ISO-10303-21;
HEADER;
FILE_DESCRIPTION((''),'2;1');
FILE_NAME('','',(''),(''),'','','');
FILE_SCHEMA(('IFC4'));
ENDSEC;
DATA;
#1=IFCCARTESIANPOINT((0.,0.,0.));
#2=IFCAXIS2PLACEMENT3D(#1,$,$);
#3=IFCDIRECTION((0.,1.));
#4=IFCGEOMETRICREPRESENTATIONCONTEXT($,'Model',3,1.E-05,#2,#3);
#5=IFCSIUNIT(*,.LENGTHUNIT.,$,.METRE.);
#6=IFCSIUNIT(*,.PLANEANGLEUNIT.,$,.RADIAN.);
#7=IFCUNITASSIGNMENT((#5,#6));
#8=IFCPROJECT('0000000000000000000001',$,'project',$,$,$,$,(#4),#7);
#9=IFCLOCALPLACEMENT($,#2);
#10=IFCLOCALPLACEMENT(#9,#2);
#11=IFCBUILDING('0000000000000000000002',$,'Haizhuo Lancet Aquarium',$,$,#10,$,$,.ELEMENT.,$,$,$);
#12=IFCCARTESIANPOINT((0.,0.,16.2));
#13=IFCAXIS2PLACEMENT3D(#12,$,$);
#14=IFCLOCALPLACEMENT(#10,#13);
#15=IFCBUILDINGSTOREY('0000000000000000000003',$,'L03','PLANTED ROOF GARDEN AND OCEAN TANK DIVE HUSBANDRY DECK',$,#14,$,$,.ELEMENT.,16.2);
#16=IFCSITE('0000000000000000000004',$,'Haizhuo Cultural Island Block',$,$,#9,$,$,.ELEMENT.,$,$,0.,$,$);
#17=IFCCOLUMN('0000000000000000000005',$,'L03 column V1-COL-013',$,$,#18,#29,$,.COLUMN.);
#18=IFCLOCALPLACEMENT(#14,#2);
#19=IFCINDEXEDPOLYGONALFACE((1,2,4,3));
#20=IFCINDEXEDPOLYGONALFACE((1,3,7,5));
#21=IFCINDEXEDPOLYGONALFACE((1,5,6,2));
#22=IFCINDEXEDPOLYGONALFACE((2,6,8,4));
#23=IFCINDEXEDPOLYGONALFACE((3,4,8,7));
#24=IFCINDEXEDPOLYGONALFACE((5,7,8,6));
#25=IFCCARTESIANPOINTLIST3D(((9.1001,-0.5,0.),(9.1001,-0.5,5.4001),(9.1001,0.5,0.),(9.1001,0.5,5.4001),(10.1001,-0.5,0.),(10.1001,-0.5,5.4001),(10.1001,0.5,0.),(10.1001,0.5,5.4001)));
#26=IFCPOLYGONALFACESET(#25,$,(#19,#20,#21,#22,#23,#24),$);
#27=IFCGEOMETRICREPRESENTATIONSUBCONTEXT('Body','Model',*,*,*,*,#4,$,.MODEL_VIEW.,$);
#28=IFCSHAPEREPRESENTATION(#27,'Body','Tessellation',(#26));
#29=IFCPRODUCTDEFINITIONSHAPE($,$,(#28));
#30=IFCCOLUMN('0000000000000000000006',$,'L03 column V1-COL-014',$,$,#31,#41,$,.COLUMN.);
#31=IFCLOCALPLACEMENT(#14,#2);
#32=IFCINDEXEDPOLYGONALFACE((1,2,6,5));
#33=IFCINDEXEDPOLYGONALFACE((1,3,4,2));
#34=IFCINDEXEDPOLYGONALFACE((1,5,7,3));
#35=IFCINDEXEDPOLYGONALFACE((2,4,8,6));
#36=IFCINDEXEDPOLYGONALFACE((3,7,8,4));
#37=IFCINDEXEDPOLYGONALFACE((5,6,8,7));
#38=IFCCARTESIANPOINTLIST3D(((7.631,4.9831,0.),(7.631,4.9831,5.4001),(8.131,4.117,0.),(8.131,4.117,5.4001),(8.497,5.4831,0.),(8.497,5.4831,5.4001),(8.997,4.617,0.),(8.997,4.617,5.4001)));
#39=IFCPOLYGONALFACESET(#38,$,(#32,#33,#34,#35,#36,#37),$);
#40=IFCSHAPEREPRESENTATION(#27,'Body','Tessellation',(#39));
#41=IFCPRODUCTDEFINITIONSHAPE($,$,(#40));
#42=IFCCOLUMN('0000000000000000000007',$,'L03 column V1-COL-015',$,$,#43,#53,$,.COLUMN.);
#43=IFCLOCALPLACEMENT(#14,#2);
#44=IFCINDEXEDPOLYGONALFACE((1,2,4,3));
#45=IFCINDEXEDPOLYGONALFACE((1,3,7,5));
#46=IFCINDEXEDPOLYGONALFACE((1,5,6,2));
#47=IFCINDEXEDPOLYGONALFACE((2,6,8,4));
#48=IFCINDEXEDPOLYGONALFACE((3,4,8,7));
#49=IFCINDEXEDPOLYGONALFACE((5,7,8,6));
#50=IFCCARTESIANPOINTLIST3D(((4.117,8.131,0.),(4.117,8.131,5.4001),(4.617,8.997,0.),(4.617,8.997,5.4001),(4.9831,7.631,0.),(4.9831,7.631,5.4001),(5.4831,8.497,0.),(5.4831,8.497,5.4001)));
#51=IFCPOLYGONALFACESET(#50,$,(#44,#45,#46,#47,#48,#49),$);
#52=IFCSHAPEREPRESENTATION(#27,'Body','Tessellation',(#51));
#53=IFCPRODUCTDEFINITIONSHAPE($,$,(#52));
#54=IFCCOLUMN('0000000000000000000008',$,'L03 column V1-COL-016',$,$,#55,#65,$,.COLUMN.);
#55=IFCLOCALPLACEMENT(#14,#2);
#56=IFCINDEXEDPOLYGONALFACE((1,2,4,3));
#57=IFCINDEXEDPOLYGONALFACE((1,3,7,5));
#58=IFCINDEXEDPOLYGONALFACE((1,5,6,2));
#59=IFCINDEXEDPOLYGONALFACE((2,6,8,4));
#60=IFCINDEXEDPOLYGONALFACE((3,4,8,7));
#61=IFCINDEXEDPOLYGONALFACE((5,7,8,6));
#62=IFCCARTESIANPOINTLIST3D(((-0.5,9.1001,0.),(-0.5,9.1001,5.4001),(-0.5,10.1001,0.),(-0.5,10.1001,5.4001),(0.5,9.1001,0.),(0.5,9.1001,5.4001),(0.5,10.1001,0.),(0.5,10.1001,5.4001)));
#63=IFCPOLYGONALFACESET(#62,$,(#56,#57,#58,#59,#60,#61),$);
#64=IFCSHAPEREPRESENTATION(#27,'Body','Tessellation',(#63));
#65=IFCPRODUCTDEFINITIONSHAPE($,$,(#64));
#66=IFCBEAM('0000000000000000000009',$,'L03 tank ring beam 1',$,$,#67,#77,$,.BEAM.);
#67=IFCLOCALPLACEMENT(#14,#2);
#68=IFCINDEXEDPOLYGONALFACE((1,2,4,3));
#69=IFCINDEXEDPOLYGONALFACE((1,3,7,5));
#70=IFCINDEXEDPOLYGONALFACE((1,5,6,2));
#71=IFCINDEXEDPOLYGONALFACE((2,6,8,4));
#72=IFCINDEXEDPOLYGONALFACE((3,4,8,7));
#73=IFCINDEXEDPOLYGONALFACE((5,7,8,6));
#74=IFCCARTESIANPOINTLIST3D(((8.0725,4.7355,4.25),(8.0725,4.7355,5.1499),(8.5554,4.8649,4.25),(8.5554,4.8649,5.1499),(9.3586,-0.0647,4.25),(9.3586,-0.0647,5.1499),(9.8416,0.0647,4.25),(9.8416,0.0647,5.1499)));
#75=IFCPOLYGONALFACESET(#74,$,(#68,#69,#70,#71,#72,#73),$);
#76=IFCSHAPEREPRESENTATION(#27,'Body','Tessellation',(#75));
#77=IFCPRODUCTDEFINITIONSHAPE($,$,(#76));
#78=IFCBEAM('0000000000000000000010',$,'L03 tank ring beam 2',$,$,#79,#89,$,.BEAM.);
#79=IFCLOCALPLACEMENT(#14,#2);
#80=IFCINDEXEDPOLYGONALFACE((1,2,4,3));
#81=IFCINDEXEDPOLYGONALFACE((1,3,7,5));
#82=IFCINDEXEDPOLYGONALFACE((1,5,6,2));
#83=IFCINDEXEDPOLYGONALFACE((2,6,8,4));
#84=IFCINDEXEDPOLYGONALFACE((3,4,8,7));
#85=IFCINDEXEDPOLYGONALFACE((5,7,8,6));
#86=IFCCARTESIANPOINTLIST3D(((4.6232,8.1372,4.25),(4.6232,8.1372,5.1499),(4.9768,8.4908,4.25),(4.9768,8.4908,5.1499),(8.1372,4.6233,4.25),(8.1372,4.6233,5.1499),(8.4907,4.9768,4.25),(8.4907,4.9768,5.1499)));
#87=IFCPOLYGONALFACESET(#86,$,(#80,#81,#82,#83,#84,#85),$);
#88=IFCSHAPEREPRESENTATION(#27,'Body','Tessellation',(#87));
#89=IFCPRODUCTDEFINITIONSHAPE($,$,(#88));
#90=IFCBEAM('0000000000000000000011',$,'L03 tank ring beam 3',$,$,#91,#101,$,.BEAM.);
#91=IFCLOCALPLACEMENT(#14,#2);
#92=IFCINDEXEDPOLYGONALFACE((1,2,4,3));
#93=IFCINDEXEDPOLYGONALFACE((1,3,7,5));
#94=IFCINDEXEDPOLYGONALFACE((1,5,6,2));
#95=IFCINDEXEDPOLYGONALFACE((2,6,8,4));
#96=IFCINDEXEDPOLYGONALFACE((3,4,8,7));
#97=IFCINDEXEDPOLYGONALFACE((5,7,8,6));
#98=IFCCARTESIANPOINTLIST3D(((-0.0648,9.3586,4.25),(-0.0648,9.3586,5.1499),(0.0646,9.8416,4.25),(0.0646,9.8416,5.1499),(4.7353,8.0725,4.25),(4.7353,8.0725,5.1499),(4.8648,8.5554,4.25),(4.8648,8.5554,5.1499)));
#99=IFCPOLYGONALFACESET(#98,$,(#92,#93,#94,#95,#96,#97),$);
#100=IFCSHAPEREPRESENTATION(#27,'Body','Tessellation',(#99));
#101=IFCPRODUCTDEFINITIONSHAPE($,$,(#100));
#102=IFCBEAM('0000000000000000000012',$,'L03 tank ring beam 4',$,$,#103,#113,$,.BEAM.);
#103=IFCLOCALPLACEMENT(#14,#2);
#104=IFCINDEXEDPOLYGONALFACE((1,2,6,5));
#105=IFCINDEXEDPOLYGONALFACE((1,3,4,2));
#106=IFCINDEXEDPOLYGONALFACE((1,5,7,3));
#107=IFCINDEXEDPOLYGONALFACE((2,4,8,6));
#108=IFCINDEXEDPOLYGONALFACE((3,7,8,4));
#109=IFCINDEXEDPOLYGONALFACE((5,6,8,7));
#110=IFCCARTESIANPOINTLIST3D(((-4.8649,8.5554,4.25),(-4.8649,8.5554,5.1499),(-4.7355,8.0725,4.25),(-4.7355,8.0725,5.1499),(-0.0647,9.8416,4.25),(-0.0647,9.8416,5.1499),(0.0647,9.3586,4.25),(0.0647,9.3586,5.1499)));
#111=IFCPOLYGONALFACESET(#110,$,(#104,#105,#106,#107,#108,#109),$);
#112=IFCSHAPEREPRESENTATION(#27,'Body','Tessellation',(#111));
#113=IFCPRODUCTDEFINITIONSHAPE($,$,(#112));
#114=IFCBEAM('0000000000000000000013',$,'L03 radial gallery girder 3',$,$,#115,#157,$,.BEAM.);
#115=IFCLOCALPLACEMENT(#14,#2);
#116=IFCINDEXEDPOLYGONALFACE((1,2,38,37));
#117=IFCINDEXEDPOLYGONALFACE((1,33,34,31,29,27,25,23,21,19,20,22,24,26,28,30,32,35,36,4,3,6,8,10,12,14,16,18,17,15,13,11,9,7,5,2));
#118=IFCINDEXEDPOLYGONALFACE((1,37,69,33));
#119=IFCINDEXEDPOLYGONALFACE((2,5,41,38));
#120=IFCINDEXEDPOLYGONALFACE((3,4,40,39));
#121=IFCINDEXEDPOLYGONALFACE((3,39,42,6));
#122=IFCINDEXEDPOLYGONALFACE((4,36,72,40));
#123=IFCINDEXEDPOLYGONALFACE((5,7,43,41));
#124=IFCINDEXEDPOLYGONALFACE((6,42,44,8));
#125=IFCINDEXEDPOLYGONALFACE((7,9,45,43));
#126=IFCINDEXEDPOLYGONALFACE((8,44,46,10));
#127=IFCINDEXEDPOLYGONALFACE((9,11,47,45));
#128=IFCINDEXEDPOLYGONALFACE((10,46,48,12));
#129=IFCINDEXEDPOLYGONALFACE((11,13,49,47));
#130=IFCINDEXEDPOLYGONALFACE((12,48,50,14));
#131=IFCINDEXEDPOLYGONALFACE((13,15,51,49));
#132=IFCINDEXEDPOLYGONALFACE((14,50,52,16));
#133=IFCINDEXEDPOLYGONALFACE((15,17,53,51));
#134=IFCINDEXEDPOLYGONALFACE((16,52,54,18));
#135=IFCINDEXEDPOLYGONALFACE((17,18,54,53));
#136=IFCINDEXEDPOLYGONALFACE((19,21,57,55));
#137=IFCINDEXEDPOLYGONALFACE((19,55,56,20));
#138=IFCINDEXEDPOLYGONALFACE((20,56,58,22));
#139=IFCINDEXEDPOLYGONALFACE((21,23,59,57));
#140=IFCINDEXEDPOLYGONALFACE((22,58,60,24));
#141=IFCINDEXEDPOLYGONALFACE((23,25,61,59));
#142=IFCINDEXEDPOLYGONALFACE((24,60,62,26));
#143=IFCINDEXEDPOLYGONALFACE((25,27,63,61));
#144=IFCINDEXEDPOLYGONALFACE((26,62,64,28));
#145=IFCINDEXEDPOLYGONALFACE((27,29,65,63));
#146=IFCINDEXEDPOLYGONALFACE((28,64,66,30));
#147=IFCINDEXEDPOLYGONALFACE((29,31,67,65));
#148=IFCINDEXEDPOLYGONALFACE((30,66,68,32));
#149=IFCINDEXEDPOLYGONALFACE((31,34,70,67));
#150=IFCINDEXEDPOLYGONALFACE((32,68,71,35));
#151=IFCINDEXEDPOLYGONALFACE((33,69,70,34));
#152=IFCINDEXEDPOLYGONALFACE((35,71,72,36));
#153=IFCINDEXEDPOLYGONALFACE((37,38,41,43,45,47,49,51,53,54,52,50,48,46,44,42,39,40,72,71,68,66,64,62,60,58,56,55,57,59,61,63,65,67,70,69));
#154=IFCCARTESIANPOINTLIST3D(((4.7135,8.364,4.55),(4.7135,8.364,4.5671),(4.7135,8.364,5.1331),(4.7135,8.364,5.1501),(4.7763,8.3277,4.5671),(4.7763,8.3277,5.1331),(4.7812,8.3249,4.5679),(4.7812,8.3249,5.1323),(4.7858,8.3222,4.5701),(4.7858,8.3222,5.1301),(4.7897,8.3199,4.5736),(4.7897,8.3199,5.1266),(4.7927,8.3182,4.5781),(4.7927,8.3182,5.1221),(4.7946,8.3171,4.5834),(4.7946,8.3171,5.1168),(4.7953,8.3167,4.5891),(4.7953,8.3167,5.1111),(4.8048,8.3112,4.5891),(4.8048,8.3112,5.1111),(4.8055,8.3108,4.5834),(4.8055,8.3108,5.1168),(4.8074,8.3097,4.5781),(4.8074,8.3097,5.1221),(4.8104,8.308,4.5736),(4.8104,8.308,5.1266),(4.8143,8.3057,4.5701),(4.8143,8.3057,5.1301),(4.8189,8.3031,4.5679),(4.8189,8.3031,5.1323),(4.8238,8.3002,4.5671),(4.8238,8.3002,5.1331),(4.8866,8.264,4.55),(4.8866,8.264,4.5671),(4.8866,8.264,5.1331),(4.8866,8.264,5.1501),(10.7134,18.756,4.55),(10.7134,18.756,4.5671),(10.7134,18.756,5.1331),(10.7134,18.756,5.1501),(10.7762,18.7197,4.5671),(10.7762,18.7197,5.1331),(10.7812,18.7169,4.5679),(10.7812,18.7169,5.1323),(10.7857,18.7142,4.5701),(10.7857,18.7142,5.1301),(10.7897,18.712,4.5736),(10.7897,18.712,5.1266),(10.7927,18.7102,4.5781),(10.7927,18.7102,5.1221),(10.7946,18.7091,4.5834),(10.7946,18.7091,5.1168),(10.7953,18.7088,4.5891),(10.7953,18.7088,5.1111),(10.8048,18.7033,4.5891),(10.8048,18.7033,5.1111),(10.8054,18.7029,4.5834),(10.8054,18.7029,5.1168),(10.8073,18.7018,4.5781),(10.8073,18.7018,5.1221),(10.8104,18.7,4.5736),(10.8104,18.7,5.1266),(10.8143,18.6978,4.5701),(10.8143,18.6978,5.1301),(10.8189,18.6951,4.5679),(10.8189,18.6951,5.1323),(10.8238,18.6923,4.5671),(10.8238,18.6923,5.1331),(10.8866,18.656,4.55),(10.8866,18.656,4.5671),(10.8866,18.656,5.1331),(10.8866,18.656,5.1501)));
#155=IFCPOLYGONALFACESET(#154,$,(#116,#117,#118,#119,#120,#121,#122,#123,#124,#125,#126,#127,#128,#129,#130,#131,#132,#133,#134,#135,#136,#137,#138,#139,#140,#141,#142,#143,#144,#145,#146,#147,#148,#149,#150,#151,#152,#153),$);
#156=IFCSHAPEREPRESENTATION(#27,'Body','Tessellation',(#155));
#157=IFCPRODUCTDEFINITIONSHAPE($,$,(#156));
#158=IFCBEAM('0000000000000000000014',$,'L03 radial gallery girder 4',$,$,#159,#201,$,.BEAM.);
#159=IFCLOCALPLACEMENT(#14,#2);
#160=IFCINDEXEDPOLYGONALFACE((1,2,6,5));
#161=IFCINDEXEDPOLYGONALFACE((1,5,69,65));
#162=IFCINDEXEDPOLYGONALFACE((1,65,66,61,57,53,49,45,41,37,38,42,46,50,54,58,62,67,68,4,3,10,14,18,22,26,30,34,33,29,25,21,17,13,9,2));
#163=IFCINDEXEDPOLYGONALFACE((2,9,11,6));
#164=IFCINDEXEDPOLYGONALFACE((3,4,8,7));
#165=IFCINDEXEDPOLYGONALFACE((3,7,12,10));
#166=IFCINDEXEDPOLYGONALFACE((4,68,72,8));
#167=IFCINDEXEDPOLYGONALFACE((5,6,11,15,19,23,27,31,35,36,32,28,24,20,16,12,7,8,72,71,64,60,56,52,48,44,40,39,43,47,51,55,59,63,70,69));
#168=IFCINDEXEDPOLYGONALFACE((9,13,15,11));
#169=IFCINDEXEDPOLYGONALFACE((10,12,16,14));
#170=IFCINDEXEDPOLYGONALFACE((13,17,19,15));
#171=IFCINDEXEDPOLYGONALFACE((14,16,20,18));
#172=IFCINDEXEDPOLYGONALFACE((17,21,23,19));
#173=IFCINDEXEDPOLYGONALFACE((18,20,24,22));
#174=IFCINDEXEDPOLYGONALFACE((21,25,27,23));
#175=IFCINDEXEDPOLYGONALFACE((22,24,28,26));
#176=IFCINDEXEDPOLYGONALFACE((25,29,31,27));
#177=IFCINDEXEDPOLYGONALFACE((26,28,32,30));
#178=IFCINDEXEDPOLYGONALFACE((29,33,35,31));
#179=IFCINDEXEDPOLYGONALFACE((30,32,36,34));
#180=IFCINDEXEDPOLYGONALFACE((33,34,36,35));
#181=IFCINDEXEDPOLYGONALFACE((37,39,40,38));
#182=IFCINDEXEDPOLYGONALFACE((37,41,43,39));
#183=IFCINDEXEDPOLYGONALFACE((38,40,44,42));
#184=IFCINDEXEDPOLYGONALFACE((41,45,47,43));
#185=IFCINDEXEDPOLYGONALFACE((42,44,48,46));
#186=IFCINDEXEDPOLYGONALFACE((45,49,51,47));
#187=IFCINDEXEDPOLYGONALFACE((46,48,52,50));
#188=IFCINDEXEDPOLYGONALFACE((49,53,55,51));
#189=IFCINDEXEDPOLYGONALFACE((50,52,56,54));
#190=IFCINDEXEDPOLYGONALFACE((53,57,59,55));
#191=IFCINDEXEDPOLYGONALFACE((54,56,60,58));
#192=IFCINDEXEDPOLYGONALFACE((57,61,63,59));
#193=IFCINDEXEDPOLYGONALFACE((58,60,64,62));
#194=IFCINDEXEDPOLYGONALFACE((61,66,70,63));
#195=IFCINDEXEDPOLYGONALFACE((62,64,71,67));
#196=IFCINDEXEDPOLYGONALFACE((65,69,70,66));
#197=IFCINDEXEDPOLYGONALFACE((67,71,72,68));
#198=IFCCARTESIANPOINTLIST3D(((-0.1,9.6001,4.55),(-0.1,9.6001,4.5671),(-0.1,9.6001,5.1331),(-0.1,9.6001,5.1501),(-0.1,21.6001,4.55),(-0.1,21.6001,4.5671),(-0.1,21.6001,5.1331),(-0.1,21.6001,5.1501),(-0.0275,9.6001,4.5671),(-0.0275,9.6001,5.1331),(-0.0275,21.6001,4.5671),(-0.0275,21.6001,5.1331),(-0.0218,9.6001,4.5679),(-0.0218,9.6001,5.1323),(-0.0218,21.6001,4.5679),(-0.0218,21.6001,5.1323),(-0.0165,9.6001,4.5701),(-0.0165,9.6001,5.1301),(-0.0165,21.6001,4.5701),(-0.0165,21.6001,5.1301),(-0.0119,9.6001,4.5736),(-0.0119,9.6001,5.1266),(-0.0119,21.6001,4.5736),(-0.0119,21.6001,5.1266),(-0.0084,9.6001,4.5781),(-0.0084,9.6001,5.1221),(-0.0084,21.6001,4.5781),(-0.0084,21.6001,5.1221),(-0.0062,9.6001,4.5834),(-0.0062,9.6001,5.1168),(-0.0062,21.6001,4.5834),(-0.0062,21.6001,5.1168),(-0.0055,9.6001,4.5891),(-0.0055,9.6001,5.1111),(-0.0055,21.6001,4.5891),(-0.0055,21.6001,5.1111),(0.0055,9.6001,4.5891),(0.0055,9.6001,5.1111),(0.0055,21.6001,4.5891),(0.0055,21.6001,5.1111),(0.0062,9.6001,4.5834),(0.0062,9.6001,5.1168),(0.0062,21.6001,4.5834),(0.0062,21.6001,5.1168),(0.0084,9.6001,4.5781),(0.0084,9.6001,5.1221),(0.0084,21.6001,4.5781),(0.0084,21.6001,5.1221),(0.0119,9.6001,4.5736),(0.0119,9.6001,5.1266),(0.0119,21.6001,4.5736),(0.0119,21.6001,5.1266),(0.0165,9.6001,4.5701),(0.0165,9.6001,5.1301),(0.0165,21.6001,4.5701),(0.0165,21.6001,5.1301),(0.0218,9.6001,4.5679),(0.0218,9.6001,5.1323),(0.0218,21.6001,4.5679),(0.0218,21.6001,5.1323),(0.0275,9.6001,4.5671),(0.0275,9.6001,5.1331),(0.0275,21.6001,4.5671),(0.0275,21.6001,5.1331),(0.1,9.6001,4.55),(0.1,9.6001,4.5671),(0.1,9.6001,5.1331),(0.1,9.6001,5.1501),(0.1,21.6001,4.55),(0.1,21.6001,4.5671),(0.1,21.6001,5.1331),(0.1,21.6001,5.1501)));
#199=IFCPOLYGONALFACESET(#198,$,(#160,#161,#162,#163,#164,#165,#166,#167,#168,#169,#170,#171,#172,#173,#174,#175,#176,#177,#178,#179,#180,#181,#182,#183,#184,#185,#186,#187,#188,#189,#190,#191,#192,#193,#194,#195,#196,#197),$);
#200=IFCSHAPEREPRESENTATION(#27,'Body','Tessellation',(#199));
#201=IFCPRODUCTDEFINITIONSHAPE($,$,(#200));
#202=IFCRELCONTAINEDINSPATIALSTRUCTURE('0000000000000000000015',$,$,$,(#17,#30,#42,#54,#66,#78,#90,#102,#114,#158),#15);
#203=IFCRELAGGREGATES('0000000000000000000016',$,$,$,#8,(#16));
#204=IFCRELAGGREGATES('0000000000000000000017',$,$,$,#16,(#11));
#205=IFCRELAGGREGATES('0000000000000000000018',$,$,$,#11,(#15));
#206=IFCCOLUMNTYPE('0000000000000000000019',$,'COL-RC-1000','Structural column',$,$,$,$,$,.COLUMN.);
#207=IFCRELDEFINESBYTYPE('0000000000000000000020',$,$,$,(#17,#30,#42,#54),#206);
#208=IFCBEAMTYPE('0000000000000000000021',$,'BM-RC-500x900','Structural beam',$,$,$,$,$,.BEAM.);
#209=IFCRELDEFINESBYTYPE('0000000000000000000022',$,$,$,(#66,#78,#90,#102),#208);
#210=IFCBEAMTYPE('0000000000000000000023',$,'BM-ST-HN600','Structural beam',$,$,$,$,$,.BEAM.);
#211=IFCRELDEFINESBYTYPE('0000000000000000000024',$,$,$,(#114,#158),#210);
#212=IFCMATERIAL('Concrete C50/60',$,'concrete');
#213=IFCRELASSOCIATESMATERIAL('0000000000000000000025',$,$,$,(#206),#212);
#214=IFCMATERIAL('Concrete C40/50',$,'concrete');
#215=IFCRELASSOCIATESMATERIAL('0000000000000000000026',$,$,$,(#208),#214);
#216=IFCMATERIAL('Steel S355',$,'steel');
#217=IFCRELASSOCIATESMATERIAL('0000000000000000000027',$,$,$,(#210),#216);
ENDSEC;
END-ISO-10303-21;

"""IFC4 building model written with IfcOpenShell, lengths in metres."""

from ifc_helpers import new_model, si_unit, direction, frame, origin, origin_2d, place, context, subcontext, project, spatial, rectangle, i_section, extrude, material, material_profile, profile_set, type_object, element, save


model = new_model("IFC4")

# Units and contexts
model_context = context("Model", 3, precision=1e-05, world=origin(), true_north=direction((0.0, 1.0)))
body_context = subcontext(model_context, "Body", "Model", "MODEL_VIEW")
ifc_project = project(units=[si_unit("LENGTHUNIT", "METRE"), si_unit("PLANEANGLEUNIT", "RADIAN")], contexts=[model_context])

# Site, building, storey
site_placement = place(None, origin())
site = spatial("IfcSite", under=ifc_project, at=site_placement, Name="Haizhuo Cultural Island Block", CompositionType="ELEMENT", RefElevation=0.0)
building_placement = place(site_placement, origin())
building = spatial("IfcBuilding", under=site, at=building_placement, Name="Haizhuo Lancet Aquarium", CompositionType="ELEMENT")
storey_placement = place(building_placement, frame((0.0, 0.0, 16.2)))
storey = spatial("IfcBuildingStorey", under=building, at=storey_placement, Name="L03", Description="PLANTED ROOF GARDEN AND OCEAN TANK DIVE HUSBANDRY DECK", CompositionType="ELEMENT", Elevation=16.2)

# Columns
ifc_material_1 = material(Name="Concrete C50/60", Category="concrete")
ifc_material_profile_1 = material_profile(ifc_material_1, rectangle(XDim=1.0, YDim=1.0, at=origin_2d()), Name="RC-COL 1000x1000")
ifc_profile_set_1 = profile_set([ifc_material_profile_1], Name="Concrete C50/60")
column_type = type_object("IfcColumnType", Name="COL-RC-1000", Description="Structural column", PredefinedType="COLUMN", material=ifc_profile_set_1)
for number, where, z_axis, x_axis, name in (
    (1, (9.6001, 0.0, 0.0), (0.0, 0.0, 1.0), (1.0, 0.0, 0.0), "L03 column V1-COL-013"),
    (2, (8.314, 4.8, 0.0), (0.0, 0.0, 1.0), (0.866025, 0.5, 0.0), "L03 column V1-COL-014"),
    (3, (4.8, 8.314, 0.0), (0.0, 0.0, 1.0), (0.5, 0.866025, 0.0), "L03 column V1-COL-015"),
    (4, (0.0, 9.6001, 0.0), (0.0, 0.0, 1.0), (0.0, 1.0, 0.0), "L03 column V1-COL-016"),
):
    element("IfcColumn", number, at=place(storey_placement, frame(where, z_axis=z_axis, x_axis=x_axis)), inside=storey, type_object=column_type, Name=name, PredefinedType="COLUMN", context=body_context, shape_type="SweptSolid", body=[
        extrude(rectangle(XDim=1.0, YDim=1.0, at=origin_2d()), origin(), (0.0, 0.0, 1.0), 5.4001),
    ])

# Beams
ifc_material_2 = material(Name="Concrete C40/50", Category="concrete")
ifc_material_profile_2 = material_profile(ifc_material_2, rectangle(XDim=0.5, YDim=0.8999, at=origin_2d()), Name="RC-BM 500x900")
ifc_profile_set_2 = profile_set([ifc_material_profile_2], Name="Concrete C40/50")
beam_type_1 = type_object("IfcBeamType", Name="BM-RC-500x900", Description="Structural beam", PredefinedType="BEAM", material=ifc_profile_set_2)
for number, where, z_axis, x_axis, name in (
    (5, (9.6001, 0.0, 4.7), (-0.258812, 0.965928, 0.0), (-0.965928, -0.258812, 0.0), "L03 tank ring beam 1"),
    (6, (8.314, 4.8, 4.7), (-0.707107, 0.707107, 0.0), (-0.707107, -0.707107, 0.0), "L03 tank ring beam 2"),
    (7, (4.8, 8.314, 4.7), (-0.965928, 0.258812, 0.0), (-0.258812, -0.965928, 0.0), "L03 tank ring beam 3"),
    (8, (0.0, 9.6001, 4.7), (-0.965928, -0.258812, 0.0), (0.258812, -0.965928, 0.0), "L03 tank ring beam 4"),
):
    element("IfcBeam", number, at=place(storey_placement, frame(where, z_axis=z_axis, x_axis=x_axis)), inside=storey, type_object=beam_type_1, Name=name, PredefinedType="BEAM", context=body_context, shape_type="SweptSolid", body=[
        extrude(rectangle(XDim=0.5, YDim=0.8999, at=origin_2d()), origin(), (0.0, 0.0, 1.0), 4.9695),
    ])
ifc_material_3 = material(Name="Steel S355", Category="steel")
ifc_material_profile_3 = material_profile(ifc_material_3, i_section(OverallWidth=0.2, OverallDepth=0.6001, WebThickness=0.011, FlangeThickness=0.0171, FilletRadius=0.022, at=origin_2d()), Name="HN 600x200x11x17")
ifc_profile_set_3 = profile_set([ifc_material_profile_3], Name="Steel S355")
beam_type_2 = type_object("IfcBeamType", Name="BM-ST-HN600", Description="Structural beam", PredefinedType="BEAM", material=ifc_profile_set_3)
beam_1_placement = place(storey_placement, frame((4.8, 8.314, 4.8501), z_axis=(0.500008, 0.866021, 0.0), x_axis=(-0.866021, 0.500008, 0.0)))
element("IfcBeam", 9, at=beam_1_placement, inside=storey, type_object=beam_type_2, Name="L03 radial gallery girder 3", PredefinedType="BEAM", context=body_context, shape_type="SweptSolid", body=[
    extrude(i_section(OverallWidth=0.2, OverallDepth=0.6001, WebThickness=0.011, FlangeThickness=0.0171, FilletRadius=0.022, at=origin_2d()), origin(), (0.0, 0.0, 1.0), 11.9998),
])
beam_2_placement = place(storey_placement, frame((0.0, 9.6001, 4.8501), z_axis=(0.0, 1.0, 0.0), x_axis=(-1.0, 0.0, 0.0)))
element("IfcBeam", 10, at=beam_2_placement, inside=storey, type_object=beam_type_2, Name="L03 radial gallery girder 4", PredefinedType="BEAM", context=body_context, shape_type="SweptSolid", body=[
    extrude(i_section(OverallWidth=0.2, OverallDepth=0.6001, WebThickness=0.011, FlangeThickness=0.0171, FilletRadius=0.022, at=origin_2d()), origin(), (0.0, 0.0, 1.0), 12.0),
])

save(model, "model.ifc")
